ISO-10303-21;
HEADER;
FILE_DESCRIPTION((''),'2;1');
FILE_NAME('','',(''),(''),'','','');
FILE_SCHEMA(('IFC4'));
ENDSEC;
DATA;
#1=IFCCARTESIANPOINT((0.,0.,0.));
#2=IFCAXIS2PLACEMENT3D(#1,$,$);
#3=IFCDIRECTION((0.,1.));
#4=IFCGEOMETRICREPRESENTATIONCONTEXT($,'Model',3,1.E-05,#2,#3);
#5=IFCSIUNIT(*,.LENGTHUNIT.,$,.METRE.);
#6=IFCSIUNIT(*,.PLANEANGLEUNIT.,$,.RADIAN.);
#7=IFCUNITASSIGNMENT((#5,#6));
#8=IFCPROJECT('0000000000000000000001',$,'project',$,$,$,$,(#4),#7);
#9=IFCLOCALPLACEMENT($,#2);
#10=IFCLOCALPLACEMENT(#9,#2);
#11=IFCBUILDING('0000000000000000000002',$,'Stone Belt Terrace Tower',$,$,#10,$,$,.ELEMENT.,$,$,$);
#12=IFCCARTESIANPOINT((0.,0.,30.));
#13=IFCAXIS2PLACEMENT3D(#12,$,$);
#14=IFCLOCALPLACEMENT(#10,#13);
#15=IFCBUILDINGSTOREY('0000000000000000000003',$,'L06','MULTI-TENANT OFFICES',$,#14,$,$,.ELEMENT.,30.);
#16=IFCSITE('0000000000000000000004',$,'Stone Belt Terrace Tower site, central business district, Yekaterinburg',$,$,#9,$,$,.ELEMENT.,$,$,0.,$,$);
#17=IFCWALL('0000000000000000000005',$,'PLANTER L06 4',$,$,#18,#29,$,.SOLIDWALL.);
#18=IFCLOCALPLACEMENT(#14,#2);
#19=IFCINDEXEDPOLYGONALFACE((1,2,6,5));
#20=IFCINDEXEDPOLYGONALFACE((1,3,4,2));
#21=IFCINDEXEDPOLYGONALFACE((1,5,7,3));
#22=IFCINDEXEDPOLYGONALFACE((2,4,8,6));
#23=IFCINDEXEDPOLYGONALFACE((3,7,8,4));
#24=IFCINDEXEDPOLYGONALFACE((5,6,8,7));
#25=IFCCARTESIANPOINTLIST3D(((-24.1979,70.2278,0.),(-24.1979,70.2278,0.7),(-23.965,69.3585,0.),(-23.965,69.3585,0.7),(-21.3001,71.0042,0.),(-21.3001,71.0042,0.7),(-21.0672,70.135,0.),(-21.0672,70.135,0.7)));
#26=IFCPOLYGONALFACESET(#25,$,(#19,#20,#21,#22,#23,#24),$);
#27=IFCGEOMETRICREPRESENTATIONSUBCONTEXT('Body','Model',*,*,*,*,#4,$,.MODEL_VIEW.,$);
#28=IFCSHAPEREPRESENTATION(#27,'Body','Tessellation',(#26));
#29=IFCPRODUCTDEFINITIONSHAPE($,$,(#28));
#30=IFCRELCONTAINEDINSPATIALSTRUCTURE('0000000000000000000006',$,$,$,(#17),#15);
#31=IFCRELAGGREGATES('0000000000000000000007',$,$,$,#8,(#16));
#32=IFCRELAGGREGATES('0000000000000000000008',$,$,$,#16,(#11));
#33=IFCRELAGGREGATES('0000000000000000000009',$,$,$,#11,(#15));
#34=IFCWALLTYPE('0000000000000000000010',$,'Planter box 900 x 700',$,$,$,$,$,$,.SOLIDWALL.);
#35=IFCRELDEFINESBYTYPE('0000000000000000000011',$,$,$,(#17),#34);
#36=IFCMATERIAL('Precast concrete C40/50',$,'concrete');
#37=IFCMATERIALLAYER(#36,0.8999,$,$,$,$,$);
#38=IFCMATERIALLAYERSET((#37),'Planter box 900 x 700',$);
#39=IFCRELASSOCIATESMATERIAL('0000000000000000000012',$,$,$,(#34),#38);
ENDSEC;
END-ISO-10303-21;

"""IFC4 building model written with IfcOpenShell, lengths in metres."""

from ifc_helpers import new_model, si_unit, direction, frame, origin, origin_2d, place, context, subcontext, project, spatial, rectangle, extrude, material, layer, layer_set, type_object, element, save


model = new_model("IFC4")

# Units and contexts
model_context = context("Model", 3, precision=1e-05, world=origin(), true_north=direction((0.0, 1.0)))
body_context = subcontext(model_context, "Body", "Model", "MODEL_VIEW")
ifc_project = project(units=[si_unit("LENGTHUNIT", "METRE"), si_unit("PLANEANGLEUNIT", "RADIAN")], contexts=[model_context])

# Site, building, storey
site_placement = place(None, origin())
site = spatial("IfcSite", under=ifc_project, at=site_placement, Name="Stone Belt Terrace Tower site, central business district, Yekaterinburg", CompositionType="ELEMENT", RefElevation=0.0)
building_placement = place(site_placement, origin())
building = spatial("IfcBuilding", under=site, at=building_placement, Name="Stone Belt Terrace Tower", CompositionType="ELEMENT")
storey_placement = place(building_placement, frame((0.0, 0.0, 30.0)))
storey = spatial("IfcBuildingStorey", under=building, at=storey_placement, Name="L06", Description="MULTI-TENANT OFFICES", CompositionType="ELEMENT", Elevation=30.0)

# Wall
ifc_material_1 = material(Name="Precast concrete C40/50", Category="concrete")
ifc_layer_1 = layer(ifc_material_1, 0.8999)
ifc_layer_set_1 = layer_set([ifc_layer_1], Name="Planter box 900 x 700")
wall_type_1 = type_object("IfcWallType", Name="Planter box 900 x 700", PredefinedType="SOLIDWALL", material=ifc_layer_set_1)
wall_1_placement = place(storey_placement, frame((-22.6326, 70.1814, 0.0), z_axis=(0.0, 0.0, 1.0), x_axis=(-0.965926, -0.258819, 0.0)))
element("IfcWall", 1, at=wall_1_placement, inside=storey, type_object=wall_type_1, Name="PLANTER L06 4", PredefinedType="SOLIDWALL", context=body_context, shape_type="SweptSolid", body=[
    extrude(rectangle(XDim=3.0, YDim=0.8999, at=origin_2d()), origin(), (0.0, 0.0, 1.0), 0.7),
])

save(model, "model.ifc")
